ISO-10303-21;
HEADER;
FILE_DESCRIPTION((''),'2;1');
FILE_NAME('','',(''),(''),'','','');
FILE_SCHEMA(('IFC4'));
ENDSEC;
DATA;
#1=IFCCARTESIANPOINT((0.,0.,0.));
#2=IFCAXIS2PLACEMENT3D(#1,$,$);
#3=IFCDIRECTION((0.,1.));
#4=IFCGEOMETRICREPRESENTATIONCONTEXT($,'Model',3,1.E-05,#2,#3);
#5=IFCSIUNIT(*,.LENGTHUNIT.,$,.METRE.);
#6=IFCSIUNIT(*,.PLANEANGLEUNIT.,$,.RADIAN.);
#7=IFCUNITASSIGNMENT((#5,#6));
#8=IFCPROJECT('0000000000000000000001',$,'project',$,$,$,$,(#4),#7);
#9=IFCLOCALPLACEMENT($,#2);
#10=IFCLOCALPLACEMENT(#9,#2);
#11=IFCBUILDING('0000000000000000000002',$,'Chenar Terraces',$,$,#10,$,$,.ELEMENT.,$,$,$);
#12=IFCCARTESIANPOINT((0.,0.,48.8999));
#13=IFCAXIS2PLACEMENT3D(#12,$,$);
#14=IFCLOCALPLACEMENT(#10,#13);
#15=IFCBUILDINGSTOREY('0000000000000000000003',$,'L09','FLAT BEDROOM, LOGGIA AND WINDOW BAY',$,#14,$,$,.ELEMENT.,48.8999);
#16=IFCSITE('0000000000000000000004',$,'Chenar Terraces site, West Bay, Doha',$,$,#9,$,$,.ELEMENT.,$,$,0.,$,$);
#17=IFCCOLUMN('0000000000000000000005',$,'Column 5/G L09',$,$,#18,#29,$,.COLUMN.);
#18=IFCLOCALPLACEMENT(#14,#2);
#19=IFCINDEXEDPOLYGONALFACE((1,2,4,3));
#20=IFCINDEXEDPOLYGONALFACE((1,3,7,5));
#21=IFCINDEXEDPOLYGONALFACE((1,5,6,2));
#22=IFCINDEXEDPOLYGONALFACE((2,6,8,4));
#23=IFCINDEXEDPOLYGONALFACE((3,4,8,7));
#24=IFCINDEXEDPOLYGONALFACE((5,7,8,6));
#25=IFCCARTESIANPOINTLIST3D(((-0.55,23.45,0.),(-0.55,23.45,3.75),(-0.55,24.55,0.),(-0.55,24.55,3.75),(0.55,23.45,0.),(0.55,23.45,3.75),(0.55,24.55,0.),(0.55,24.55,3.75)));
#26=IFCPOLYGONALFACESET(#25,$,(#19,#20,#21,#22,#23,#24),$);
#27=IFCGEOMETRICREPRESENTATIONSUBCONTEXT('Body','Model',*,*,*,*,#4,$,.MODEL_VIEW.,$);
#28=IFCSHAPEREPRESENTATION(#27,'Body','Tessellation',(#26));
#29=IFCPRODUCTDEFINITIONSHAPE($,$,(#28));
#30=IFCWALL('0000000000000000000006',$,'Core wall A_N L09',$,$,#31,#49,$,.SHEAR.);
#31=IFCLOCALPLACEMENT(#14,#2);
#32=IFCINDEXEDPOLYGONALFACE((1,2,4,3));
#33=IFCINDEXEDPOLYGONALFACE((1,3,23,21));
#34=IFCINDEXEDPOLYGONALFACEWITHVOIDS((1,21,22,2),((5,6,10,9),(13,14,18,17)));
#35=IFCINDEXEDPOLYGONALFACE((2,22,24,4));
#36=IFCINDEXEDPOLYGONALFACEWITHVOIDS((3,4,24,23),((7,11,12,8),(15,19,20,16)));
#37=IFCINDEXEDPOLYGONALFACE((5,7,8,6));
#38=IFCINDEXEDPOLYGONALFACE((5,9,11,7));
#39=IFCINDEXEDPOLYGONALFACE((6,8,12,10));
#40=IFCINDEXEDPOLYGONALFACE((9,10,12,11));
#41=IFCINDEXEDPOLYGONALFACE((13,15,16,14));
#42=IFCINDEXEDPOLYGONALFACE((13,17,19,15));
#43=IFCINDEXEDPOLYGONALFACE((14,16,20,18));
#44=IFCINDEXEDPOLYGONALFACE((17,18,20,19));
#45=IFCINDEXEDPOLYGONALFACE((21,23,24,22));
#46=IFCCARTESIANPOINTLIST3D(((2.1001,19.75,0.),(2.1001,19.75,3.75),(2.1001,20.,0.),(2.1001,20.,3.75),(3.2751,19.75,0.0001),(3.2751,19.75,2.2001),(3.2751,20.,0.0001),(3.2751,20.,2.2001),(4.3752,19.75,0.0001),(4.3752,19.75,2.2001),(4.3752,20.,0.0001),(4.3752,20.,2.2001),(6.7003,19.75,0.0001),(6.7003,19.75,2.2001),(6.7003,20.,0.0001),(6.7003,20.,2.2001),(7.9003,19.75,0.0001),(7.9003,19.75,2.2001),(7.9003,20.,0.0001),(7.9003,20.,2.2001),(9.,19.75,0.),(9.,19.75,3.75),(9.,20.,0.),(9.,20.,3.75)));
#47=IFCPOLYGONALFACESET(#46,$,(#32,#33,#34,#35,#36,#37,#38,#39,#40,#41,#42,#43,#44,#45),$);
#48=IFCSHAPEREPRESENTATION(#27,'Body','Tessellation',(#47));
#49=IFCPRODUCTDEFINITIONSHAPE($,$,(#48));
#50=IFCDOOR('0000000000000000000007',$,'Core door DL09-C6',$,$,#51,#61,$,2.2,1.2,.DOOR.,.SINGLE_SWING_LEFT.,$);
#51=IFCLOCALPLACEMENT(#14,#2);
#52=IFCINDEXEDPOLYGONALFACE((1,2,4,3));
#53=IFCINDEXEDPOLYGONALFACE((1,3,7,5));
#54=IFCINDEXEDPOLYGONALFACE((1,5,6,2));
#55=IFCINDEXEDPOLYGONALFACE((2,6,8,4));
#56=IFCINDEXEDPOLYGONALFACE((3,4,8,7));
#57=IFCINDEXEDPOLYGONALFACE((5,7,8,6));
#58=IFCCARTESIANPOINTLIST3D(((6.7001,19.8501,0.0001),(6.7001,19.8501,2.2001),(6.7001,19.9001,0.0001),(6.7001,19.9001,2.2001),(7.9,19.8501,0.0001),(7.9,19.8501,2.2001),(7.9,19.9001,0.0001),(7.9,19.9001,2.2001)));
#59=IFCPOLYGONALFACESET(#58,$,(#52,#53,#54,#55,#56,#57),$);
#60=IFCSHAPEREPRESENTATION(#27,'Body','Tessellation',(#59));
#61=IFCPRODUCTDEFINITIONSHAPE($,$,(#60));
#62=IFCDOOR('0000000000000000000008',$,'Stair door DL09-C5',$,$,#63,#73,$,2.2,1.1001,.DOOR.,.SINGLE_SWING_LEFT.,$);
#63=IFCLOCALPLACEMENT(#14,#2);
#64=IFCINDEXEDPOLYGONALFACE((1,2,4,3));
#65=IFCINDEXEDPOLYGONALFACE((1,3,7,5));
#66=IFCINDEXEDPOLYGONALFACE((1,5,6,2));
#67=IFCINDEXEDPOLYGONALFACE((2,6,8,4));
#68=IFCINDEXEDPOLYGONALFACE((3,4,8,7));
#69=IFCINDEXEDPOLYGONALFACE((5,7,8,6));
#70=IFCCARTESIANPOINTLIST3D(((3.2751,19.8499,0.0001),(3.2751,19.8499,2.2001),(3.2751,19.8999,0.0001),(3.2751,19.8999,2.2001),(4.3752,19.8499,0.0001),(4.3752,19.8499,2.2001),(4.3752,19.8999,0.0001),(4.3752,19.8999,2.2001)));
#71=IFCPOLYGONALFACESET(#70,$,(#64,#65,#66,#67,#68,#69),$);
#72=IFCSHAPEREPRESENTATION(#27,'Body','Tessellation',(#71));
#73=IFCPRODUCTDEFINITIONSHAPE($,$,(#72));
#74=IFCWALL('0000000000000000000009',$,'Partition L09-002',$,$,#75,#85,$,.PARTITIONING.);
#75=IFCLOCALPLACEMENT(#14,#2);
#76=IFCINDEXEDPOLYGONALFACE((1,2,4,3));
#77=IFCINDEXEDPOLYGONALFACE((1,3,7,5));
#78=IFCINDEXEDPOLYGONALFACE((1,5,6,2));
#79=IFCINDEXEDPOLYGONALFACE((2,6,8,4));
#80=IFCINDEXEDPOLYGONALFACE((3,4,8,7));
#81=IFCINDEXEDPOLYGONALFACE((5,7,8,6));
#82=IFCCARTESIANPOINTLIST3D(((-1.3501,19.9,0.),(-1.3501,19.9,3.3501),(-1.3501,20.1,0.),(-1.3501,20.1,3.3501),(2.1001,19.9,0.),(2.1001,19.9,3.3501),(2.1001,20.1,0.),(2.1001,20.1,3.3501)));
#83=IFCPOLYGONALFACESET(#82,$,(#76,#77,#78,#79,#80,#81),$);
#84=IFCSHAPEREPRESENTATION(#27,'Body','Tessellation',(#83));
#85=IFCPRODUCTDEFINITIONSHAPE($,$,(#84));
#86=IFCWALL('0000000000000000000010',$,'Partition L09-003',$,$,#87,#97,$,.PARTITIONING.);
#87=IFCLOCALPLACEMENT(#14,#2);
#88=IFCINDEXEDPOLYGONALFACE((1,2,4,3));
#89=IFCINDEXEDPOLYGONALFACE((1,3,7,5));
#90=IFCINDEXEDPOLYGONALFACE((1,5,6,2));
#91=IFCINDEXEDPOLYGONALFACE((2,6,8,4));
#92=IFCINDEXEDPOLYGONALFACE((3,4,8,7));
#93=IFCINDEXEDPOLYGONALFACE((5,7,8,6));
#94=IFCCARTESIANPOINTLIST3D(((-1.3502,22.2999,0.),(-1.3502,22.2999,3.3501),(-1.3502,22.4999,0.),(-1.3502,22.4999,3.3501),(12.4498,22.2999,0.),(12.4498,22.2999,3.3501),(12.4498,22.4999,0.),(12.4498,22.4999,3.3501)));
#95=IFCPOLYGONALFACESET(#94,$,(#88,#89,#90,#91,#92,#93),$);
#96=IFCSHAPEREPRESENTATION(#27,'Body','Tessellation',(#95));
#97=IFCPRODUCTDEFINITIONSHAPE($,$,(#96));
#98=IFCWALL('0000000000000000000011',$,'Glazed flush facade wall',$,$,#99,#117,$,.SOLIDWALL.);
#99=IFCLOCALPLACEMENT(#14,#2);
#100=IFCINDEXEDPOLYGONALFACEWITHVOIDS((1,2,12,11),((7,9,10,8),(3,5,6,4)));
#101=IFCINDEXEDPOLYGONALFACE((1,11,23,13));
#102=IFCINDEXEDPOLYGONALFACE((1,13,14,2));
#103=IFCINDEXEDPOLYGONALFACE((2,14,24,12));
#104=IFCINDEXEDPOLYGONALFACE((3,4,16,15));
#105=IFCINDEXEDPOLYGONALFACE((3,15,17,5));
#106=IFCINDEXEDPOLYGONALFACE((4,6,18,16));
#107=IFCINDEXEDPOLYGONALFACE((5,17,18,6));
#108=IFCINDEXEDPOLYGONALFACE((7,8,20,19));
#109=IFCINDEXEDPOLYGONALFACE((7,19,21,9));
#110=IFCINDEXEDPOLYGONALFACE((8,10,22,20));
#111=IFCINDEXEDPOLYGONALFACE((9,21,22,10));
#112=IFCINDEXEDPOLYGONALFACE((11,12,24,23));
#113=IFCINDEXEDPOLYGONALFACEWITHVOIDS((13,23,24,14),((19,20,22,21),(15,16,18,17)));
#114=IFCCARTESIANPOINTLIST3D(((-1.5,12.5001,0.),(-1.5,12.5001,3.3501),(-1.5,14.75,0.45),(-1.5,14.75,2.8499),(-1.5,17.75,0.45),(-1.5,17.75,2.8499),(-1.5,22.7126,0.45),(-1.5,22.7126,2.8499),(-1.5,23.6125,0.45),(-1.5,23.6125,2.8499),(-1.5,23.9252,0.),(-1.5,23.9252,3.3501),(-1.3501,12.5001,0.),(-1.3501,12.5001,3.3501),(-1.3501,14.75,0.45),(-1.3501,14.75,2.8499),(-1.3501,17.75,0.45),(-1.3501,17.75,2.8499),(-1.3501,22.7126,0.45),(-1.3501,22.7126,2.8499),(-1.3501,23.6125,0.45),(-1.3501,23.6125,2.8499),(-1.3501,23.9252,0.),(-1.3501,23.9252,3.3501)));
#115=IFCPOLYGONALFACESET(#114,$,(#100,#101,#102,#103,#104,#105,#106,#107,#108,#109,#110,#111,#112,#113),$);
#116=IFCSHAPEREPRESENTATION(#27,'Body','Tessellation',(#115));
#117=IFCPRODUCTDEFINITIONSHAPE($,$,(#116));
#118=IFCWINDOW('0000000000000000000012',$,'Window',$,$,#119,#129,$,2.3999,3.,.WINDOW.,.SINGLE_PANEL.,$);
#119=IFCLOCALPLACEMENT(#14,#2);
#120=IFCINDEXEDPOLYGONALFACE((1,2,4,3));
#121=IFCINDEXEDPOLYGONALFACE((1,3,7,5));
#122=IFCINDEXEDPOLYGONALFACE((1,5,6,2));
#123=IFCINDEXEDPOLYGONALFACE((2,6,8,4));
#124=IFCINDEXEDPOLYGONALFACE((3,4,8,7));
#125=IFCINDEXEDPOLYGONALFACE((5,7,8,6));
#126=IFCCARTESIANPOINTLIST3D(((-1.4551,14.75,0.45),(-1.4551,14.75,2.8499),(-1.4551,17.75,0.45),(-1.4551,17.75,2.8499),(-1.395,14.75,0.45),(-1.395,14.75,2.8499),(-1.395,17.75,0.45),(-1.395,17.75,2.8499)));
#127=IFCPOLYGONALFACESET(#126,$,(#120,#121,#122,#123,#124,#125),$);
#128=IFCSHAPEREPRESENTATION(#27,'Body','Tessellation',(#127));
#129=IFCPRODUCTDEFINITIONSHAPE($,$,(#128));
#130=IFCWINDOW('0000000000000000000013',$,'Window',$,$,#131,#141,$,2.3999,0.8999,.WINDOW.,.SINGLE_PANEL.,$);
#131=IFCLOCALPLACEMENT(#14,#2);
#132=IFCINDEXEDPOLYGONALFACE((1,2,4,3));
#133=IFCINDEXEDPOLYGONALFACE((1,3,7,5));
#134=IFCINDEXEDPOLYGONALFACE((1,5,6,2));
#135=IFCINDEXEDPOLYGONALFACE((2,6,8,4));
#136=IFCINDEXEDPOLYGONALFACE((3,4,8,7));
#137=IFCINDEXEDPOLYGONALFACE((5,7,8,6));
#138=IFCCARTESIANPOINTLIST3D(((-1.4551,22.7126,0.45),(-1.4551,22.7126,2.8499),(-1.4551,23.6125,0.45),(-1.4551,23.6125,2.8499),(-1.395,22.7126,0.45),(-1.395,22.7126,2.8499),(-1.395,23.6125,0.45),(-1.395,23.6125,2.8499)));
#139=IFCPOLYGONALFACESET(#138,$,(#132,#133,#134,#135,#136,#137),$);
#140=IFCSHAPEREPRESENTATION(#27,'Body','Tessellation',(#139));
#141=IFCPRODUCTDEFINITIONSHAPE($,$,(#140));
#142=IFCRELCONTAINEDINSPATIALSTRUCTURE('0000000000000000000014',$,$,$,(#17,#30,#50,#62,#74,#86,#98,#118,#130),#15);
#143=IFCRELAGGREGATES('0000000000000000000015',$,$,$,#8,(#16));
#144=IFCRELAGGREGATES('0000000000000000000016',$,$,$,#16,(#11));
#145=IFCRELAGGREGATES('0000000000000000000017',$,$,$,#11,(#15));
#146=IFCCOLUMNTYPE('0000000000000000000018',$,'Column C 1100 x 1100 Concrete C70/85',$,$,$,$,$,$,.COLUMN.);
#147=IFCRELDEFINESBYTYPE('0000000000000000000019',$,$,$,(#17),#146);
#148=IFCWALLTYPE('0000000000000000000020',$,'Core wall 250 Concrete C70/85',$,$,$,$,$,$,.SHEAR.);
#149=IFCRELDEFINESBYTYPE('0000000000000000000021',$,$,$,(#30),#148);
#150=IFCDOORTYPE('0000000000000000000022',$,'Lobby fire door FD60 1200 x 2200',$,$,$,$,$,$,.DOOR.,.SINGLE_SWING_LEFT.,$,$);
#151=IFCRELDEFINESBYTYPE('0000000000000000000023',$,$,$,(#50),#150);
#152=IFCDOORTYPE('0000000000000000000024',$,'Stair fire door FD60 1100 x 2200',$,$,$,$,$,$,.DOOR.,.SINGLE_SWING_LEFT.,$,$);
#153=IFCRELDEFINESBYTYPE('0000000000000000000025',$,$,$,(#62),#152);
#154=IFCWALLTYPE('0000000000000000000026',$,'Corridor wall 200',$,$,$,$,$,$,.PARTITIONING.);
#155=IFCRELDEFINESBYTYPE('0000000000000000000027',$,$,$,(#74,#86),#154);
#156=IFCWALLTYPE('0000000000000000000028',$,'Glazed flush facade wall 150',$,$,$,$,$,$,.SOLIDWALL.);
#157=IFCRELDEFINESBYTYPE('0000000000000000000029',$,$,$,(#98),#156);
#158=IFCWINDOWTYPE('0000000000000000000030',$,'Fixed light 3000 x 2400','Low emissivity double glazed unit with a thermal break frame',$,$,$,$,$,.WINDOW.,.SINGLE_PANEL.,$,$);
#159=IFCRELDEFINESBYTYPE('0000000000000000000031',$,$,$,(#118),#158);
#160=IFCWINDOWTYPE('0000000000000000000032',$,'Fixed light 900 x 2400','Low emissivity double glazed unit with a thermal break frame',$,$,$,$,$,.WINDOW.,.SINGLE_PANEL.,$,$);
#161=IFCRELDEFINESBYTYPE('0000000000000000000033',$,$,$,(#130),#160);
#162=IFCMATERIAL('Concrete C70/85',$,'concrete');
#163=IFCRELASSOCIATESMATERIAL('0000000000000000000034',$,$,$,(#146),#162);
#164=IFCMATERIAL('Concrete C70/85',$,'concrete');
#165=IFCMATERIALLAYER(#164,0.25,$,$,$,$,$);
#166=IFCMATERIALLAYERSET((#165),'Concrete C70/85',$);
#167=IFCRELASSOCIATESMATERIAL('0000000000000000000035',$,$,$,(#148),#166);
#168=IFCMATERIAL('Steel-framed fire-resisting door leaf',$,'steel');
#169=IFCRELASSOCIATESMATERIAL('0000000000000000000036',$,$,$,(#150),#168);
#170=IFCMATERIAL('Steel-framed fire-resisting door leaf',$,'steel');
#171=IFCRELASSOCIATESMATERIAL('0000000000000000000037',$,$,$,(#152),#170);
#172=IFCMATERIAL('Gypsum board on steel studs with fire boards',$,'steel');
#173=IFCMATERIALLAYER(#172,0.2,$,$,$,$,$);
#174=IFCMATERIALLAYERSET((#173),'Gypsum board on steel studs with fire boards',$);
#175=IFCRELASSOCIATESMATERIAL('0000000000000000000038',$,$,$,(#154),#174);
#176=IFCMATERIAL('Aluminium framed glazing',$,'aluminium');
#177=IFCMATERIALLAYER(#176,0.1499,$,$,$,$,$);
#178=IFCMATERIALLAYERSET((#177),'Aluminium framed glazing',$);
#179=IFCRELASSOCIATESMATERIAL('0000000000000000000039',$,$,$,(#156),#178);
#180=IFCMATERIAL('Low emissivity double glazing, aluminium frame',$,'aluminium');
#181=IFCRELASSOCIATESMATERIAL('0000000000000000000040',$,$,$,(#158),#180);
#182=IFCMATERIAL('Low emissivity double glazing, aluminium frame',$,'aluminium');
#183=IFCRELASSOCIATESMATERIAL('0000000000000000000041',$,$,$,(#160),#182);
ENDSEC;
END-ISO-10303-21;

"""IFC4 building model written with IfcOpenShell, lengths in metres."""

from ifc_helpers import new_model, si_unit, direction, frame, frame_2d, origin, origin_2d, place, context, subcontext, project, spatial, rectangle, extrude, material, layer, layer_set, material_profile, profile_set, type_object, element, fill, save


model = new_model("IFC4")

# Units and contexts
model_context = context("Model", 3, precision=1e-05, world=origin(), true_north=direction((0.0, 1.0)))
body_context = subcontext(model_context, "Body", "Model", "MODEL_VIEW")
ifc_project = project(units=[si_unit("LENGTHUNIT", "METRE"), si_unit("PLANEANGLEUNIT", "RADIAN")], contexts=[model_context])

# Site, building, storey
site_placement = place(None, origin())
site = spatial("IfcSite", under=ifc_project, at=site_placement, Name="Chenar Terraces site, West Bay, Doha", CompositionType="ELEMENT", RefElevation=0.0)
building_placement = place(site_placement, origin())
building = spatial("IfcBuilding", under=site, at=building_placement, Name="Chenar Terraces", CompositionType="ELEMENT")
storey_placement = place(building_placement, frame((0.0, 0.0, 48.8999)))
storey = spatial("IfcBuildingStorey", under=building, at=storey_placement, Name="L09", Description="FLAT BEDROOM, LOGGIA AND WINDOW BAY", CompositionType="ELEMENT", Elevation=48.8999)

# Column
ifc_material_1 = material(Name="Concrete C70/85", Category="concrete")
ifc_material_profile_1 = material_profile(ifc_material_1, rectangle(XDim=1.1001, YDim=1.1001, at=origin_2d()), Name="C 1100 x 1100")
ifc_profile_set_1 = profile_set([ifc_material_profile_1], Name="Concrete C70/85")
column_type = type_object("IfcColumnType", Name="Column C 1100 x 1100 Concrete C70/85", PredefinedType="COLUMN", material=ifc_profile_set_1)
column_placement = place(storey_placement, frame((0.0, 24.0, 0.0), z_axis=(0.0, 0.0, 1.0), x_axis=(1.0, 0.0, 0.0)))
element("IfcColumn", 1, at=column_placement, inside=storey, type_object=column_type, Name="Column 5/G L09", PredefinedType="COLUMN", context=body_context, shape_type="SweptSolid", body=[
    extrude(rectangle(XDim=1.1001, YDim=1.1001, at=origin_2d()), origin(), (0.0, 0.0, 1.0), 3.75),
])

# Wall, openings, doors
ifc_material_2 = material(Name="Concrete C70/85", Category="concrete")
ifc_layer_1 = layer(ifc_material_2, 0.25)
ifc_layer_set_1 = layer_set([ifc_layer_1], Name="Concrete C70/85")
wall_type_1 = type_object("IfcWallType", Name="Core wall 250 Concrete C70/85", PredefinedType="SHEAR", material=ifc_layer_set_1)
wall_1_placement = place(storey_placement, frame((2.1001, 19.875, 0.0), z_axis=(0.0, 0.0, 1.0), x_axis=(1.0, 0.0, 0.0)))
wall_1 = element("IfcWall", 2, at=wall_1_placement, inside=storey, type_object=wall_type_1, Name="Core wall A_N L09", PredefinedType="SHEAR", context=body_context, shape_type="SweptSolid", body=[
    extrude(rectangle(XDim=6.8999, YDim=0.25, at=frame_2d((3.45, 0.0))), origin(), (0.0, 0.0, 1.0), 3.75),
])
opening_1_placement = place(wall_1_placement, frame((1.175, 0.0, 0.0)))
opening_1 = element("IfcOpeningElement", 3, at=opening_1_placement, cuts=wall_1, PredefinedType="OPENING", context=body_context, shape_type="SweptSolid", body=[
    extrude(rectangle(XDim=1.1001, YDim=2.2, at=frame_2d((0.55, 1.1001))), frame((0.0, 0.135, 0.0), z_axis=(0.0, -1.0, 0.0), x_axis=(1.0, 0.0, 0.0)), (0.0, 0.0, 1.0), 0.27),
])
opening_2_placement = place(wall_1_placement, frame((4.6001, 0.0, 0.0)))
opening_2 = element("IfcOpeningElement", 4, at=opening_2_placement, cuts=wall_1, PredefinedType="OPENING", context=body_context, shape_type="SweptSolid", body=[
    extrude(rectangle(XDim=1.2, YDim=2.2, at=frame_2d((0.6001, 1.1001))), frame((0.0, 0.135, 0.0), z_axis=(0.0, -1.0, 0.0), x_axis=(1.0, 0.0, 0.0)), (0.0, 0.0, 1.0), 0.27),
])
ifc_material_3 = material(Name="Steel-framed fire-resisting door leaf", Category="steel")
door_type_1 = type_object("IfcDoorType", Name="Lobby fire door FD60 1200 x 2200", OperationType="SINGLE_SWING_LEFT", PredefinedType="DOOR", material=ifc_material_3)
door_1_placement = place(opening_2_placement, frame((1.2, 0.0, 0.0), z_axis=(0.0, 0.0, 1.0), x_axis=(-1.0, 0.0, 0.0)))
door_1 = element("IfcDoor", 5, at=door_1_placement, inside=storey, type_object=door_type_1, Name="Core door DL09-C6", OperationType="SINGLE_SWING_LEFT", OverallHeight=2.2, OverallWidth=1.2, PredefinedType="DOOR", context=body_context, shape_type="SweptSolid", body=[
    extrude(rectangle(XDim=1.2, YDim=2.2, at=frame_2d((0.6001, 1.1001))), frame((0.0, 0.0249, 0.0), z_axis=(0.0, -1.0, 0.0), x_axis=(1.0, 0.0, 0.0)), (0.0, 0.0, 1.0), 0.05),
])
fill(opening_2, door_1)
ifc_material_4 = material(Name="Steel-framed fire-resisting door leaf", Category="steel")
door_type_2 = type_object("IfcDoorType", Name="Stair fire door FD60 1100 x 2200", OperationType="SINGLE_SWING_LEFT", PredefinedType="DOOR", material=ifc_material_4)
door_2_placement = place(opening_1_placement, origin())
door_2 = element("IfcDoor", 6, at=door_2_placement, inside=storey, type_object=door_type_2, Name="Stair door DL09-C5", OperationType="SINGLE_SWING_LEFT", OverallHeight=2.2, OverallWidth=1.1001, PredefinedType="DOOR", context=body_context, shape_type="SweptSolid", body=[
    extrude(rectangle(XDim=1.1001, YDim=2.2, at=frame_2d((0.55, 1.1001))), frame((0.0, 0.0249, 0.0), z_axis=(0.0, -1.0, 0.0), x_axis=(1.0, 0.0, 0.0)), (0.0, 0.0, 1.0), 0.05),
])
fill(opening_1, door_2)

# Walls
ifc_material_5 = material(Name="Gypsum board on steel studs with fire boards", Category="steel")
ifc_layer_2 = layer(ifc_material_5, 0.2)
ifc_layer_set_2 = layer_set([ifc_layer_2], Name="Gypsum board on steel studs with fire boards")
wall_type_2 = type_object("IfcWallType", Name="Corridor wall 200", PredefinedType="PARTITIONING", material=ifc_layer_set_2)
wall_2_placement = place(storey_placement, frame((-1.3501, 20.0, 0.0), z_axis=(0.0, 0.0, 1.0), x_axis=(1.0, 0.0, 0.0)))
element("IfcWall", 7, at=wall_2_placement, inside=storey, type_object=wall_type_2, Name="Partition L09-002", PredefinedType="PARTITIONING", context=body_context, shape_type="SweptSolid", body=[
    extrude(rectangle(XDim=3.4502, YDim=0.2, at=frame_2d((1.7251, 0.0))), origin(), (0.0, 0.0, 1.0), 3.3501),
])
wall_3_placement = place(storey_placement, frame((-1.3501, 22.3999, 0.0), z_axis=(0.0, 0.0, 1.0), x_axis=(1.0, 0.0, 0.0)))
element("IfcWall", 8, at=wall_3_placement, inside=storey, type_object=wall_type_2, Name="Partition L09-003", PredefinedType="PARTITIONING", context=body_context, shape_type="SweptSolid", body=[
    extrude(rectangle(XDim=13.8, YDim=0.2, at=frame_2d((6.8999, 0.0))), origin(), (0.0, 0.0, 1.0), 3.3501),
])

# Wall, openings, windows
ifc_material_6 = material(Name="Aluminium framed glazing", Category="aluminium")
ifc_layer_3 = layer(ifc_material_6, 0.1499)
ifc_layer_set_3 = layer_set([ifc_layer_3], Name="Aluminium framed glazing")
wall_type_3 = type_object("IfcWallType", Name="Glazed flush facade wall 150", PredefinedType="SOLIDWALL", material=ifc_layer_set_3)
wall_4_placement = place(storey_placement, frame((-1.425, 23.925, 0.0), z_axis=(0.0, 0.0, 1.0), x_axis=(0.0, -1.0, 0.0)))
wall_4 = element("IfcWall", 9, at=wall_4_placement, inside=storey, type_object=wall_type_3, Name="Glazed flush facade wall", PredefinedType="SOLIDWALL", context=body_context, shape_type="SweptSolid", body=[
    extrude(rectangle(XDim=11.425, YDim=0.1499, at=frame_2d((5.7124, 0.0))), origin(), (0.0, 0.0, 1.0), 3.3501),
])
opening_3_placement = place(wall_4_placement, frame((0.3125, 0.0, 0.45)))
opening_3 = element("IfcOpeningElement", 10, at=opening_3_placement, cuts=wall_4, PredefinedType="OPENING", context=body_context, shape_type="SweptSolid", body=[
    extrude(rectangle(XDim=0.8999, YDim=2.3999, at=frame_2d((0.45, 1.2))), frame((0.0, 0.085, 0.0), z_axis=(0.0, -1.0, 0.0), x_axis=(1.0, 0.0, 0.0)), (0.0, 0.0, 1.0), 0.1699),
])
opening_4_placement = place(wall_4_placement, frame((6.175, 0.0, 0.45)))
opening_4 = element("IfcOpeningElement", 11, at=opening_4_placement, cuts=wall_4, PredefinedType="OPENING", context=body_context, shape_type="SweptSolid", body=[
    extrude(rectangle(XDim=3.0, YDim=2.3999, at=frame_2d((1.5, 1.2))), frame((0.0, 0.085, 0.0), z_axis=(0.0, -1.0, 0.0), x_axis=(1.0, 0.0, 0.0)), (0.0, 0.0, 1.0), 0.1699),
])
ifc_material_7 = material(Name="Low emissivity double glazing, aluminium frame", Category="aluminium")
window_type_1 = type_object("IfcWindowType", Name="Fixed light 3000 x 2400", Description="Low emissivity double glazed unit with a thermal break frame", PartitioningType="SINGLE_PANEL", PredefinedType="WINDOW", material=ifc_material_7)
window_1_placement = place(opening_4_placement, origin())
window_1 = element("IfcWindow", 12, at=window_1_placement, inside=storey, type_object=window_type_1, Name="Window", OverallHeight=2.3999, OverallWidth=3.0, PartitioningType="SINGLE_PANEL", PredefinedType="WINDOW", context=body_context, shape_type="SweptSolid", body=[
    extrude(rectangle(XDim=3.0, YDim=2.3999, at=frame_2d((1.5, 1.2))), frame((0.0, 0.03, 0.0), z_axis=(0.0, -1.0, 0.0), x_axis=(1.0, 0.0, 0.0)), (0.0, 0.0, 1.0), 0.0601),
])
fill(opening_4, window_1)
ifc_material_8 = material(Name="Low emissivity double glazing, aluminium frame", Category="aluminium")
window_type_2 = type_object("IfcWindowType", Name="Fixed light 900 x 2400", Description="Low emissivity double glazed unit with a thermal break frame", PartitioningType="SINGLE_PANEL", PredefinedType="WINDOW", material=ifc_material_8)
window_2_placement = place(opening_3_placement, origin())
window_2 = element("IfcWindow", 13, at=window_2_placement, inside=storey, type_object=window_type_2, Name="Window", OverallHeight=2.3999, OverallWidth=0.8999, PartitioningType="SINGLE_PANEL", PredefinedType="WINDOW", context=body_context, shape_type="SweptSolid", body=[
    extrude(rectangle(XDim=0.8999, YDim=2.3999, at=frame_2d((0.45, 1.2))), frame((0.0, 0.03, 0.0), z_axis=(0.0, -1.0, 0.0), x_axis=(1.0, 0.0, 0.0)), (0.0, 0.0, 1.0), 0.0601),
])
fill(opening_3, window_2)

save(model, "model.ifc")
